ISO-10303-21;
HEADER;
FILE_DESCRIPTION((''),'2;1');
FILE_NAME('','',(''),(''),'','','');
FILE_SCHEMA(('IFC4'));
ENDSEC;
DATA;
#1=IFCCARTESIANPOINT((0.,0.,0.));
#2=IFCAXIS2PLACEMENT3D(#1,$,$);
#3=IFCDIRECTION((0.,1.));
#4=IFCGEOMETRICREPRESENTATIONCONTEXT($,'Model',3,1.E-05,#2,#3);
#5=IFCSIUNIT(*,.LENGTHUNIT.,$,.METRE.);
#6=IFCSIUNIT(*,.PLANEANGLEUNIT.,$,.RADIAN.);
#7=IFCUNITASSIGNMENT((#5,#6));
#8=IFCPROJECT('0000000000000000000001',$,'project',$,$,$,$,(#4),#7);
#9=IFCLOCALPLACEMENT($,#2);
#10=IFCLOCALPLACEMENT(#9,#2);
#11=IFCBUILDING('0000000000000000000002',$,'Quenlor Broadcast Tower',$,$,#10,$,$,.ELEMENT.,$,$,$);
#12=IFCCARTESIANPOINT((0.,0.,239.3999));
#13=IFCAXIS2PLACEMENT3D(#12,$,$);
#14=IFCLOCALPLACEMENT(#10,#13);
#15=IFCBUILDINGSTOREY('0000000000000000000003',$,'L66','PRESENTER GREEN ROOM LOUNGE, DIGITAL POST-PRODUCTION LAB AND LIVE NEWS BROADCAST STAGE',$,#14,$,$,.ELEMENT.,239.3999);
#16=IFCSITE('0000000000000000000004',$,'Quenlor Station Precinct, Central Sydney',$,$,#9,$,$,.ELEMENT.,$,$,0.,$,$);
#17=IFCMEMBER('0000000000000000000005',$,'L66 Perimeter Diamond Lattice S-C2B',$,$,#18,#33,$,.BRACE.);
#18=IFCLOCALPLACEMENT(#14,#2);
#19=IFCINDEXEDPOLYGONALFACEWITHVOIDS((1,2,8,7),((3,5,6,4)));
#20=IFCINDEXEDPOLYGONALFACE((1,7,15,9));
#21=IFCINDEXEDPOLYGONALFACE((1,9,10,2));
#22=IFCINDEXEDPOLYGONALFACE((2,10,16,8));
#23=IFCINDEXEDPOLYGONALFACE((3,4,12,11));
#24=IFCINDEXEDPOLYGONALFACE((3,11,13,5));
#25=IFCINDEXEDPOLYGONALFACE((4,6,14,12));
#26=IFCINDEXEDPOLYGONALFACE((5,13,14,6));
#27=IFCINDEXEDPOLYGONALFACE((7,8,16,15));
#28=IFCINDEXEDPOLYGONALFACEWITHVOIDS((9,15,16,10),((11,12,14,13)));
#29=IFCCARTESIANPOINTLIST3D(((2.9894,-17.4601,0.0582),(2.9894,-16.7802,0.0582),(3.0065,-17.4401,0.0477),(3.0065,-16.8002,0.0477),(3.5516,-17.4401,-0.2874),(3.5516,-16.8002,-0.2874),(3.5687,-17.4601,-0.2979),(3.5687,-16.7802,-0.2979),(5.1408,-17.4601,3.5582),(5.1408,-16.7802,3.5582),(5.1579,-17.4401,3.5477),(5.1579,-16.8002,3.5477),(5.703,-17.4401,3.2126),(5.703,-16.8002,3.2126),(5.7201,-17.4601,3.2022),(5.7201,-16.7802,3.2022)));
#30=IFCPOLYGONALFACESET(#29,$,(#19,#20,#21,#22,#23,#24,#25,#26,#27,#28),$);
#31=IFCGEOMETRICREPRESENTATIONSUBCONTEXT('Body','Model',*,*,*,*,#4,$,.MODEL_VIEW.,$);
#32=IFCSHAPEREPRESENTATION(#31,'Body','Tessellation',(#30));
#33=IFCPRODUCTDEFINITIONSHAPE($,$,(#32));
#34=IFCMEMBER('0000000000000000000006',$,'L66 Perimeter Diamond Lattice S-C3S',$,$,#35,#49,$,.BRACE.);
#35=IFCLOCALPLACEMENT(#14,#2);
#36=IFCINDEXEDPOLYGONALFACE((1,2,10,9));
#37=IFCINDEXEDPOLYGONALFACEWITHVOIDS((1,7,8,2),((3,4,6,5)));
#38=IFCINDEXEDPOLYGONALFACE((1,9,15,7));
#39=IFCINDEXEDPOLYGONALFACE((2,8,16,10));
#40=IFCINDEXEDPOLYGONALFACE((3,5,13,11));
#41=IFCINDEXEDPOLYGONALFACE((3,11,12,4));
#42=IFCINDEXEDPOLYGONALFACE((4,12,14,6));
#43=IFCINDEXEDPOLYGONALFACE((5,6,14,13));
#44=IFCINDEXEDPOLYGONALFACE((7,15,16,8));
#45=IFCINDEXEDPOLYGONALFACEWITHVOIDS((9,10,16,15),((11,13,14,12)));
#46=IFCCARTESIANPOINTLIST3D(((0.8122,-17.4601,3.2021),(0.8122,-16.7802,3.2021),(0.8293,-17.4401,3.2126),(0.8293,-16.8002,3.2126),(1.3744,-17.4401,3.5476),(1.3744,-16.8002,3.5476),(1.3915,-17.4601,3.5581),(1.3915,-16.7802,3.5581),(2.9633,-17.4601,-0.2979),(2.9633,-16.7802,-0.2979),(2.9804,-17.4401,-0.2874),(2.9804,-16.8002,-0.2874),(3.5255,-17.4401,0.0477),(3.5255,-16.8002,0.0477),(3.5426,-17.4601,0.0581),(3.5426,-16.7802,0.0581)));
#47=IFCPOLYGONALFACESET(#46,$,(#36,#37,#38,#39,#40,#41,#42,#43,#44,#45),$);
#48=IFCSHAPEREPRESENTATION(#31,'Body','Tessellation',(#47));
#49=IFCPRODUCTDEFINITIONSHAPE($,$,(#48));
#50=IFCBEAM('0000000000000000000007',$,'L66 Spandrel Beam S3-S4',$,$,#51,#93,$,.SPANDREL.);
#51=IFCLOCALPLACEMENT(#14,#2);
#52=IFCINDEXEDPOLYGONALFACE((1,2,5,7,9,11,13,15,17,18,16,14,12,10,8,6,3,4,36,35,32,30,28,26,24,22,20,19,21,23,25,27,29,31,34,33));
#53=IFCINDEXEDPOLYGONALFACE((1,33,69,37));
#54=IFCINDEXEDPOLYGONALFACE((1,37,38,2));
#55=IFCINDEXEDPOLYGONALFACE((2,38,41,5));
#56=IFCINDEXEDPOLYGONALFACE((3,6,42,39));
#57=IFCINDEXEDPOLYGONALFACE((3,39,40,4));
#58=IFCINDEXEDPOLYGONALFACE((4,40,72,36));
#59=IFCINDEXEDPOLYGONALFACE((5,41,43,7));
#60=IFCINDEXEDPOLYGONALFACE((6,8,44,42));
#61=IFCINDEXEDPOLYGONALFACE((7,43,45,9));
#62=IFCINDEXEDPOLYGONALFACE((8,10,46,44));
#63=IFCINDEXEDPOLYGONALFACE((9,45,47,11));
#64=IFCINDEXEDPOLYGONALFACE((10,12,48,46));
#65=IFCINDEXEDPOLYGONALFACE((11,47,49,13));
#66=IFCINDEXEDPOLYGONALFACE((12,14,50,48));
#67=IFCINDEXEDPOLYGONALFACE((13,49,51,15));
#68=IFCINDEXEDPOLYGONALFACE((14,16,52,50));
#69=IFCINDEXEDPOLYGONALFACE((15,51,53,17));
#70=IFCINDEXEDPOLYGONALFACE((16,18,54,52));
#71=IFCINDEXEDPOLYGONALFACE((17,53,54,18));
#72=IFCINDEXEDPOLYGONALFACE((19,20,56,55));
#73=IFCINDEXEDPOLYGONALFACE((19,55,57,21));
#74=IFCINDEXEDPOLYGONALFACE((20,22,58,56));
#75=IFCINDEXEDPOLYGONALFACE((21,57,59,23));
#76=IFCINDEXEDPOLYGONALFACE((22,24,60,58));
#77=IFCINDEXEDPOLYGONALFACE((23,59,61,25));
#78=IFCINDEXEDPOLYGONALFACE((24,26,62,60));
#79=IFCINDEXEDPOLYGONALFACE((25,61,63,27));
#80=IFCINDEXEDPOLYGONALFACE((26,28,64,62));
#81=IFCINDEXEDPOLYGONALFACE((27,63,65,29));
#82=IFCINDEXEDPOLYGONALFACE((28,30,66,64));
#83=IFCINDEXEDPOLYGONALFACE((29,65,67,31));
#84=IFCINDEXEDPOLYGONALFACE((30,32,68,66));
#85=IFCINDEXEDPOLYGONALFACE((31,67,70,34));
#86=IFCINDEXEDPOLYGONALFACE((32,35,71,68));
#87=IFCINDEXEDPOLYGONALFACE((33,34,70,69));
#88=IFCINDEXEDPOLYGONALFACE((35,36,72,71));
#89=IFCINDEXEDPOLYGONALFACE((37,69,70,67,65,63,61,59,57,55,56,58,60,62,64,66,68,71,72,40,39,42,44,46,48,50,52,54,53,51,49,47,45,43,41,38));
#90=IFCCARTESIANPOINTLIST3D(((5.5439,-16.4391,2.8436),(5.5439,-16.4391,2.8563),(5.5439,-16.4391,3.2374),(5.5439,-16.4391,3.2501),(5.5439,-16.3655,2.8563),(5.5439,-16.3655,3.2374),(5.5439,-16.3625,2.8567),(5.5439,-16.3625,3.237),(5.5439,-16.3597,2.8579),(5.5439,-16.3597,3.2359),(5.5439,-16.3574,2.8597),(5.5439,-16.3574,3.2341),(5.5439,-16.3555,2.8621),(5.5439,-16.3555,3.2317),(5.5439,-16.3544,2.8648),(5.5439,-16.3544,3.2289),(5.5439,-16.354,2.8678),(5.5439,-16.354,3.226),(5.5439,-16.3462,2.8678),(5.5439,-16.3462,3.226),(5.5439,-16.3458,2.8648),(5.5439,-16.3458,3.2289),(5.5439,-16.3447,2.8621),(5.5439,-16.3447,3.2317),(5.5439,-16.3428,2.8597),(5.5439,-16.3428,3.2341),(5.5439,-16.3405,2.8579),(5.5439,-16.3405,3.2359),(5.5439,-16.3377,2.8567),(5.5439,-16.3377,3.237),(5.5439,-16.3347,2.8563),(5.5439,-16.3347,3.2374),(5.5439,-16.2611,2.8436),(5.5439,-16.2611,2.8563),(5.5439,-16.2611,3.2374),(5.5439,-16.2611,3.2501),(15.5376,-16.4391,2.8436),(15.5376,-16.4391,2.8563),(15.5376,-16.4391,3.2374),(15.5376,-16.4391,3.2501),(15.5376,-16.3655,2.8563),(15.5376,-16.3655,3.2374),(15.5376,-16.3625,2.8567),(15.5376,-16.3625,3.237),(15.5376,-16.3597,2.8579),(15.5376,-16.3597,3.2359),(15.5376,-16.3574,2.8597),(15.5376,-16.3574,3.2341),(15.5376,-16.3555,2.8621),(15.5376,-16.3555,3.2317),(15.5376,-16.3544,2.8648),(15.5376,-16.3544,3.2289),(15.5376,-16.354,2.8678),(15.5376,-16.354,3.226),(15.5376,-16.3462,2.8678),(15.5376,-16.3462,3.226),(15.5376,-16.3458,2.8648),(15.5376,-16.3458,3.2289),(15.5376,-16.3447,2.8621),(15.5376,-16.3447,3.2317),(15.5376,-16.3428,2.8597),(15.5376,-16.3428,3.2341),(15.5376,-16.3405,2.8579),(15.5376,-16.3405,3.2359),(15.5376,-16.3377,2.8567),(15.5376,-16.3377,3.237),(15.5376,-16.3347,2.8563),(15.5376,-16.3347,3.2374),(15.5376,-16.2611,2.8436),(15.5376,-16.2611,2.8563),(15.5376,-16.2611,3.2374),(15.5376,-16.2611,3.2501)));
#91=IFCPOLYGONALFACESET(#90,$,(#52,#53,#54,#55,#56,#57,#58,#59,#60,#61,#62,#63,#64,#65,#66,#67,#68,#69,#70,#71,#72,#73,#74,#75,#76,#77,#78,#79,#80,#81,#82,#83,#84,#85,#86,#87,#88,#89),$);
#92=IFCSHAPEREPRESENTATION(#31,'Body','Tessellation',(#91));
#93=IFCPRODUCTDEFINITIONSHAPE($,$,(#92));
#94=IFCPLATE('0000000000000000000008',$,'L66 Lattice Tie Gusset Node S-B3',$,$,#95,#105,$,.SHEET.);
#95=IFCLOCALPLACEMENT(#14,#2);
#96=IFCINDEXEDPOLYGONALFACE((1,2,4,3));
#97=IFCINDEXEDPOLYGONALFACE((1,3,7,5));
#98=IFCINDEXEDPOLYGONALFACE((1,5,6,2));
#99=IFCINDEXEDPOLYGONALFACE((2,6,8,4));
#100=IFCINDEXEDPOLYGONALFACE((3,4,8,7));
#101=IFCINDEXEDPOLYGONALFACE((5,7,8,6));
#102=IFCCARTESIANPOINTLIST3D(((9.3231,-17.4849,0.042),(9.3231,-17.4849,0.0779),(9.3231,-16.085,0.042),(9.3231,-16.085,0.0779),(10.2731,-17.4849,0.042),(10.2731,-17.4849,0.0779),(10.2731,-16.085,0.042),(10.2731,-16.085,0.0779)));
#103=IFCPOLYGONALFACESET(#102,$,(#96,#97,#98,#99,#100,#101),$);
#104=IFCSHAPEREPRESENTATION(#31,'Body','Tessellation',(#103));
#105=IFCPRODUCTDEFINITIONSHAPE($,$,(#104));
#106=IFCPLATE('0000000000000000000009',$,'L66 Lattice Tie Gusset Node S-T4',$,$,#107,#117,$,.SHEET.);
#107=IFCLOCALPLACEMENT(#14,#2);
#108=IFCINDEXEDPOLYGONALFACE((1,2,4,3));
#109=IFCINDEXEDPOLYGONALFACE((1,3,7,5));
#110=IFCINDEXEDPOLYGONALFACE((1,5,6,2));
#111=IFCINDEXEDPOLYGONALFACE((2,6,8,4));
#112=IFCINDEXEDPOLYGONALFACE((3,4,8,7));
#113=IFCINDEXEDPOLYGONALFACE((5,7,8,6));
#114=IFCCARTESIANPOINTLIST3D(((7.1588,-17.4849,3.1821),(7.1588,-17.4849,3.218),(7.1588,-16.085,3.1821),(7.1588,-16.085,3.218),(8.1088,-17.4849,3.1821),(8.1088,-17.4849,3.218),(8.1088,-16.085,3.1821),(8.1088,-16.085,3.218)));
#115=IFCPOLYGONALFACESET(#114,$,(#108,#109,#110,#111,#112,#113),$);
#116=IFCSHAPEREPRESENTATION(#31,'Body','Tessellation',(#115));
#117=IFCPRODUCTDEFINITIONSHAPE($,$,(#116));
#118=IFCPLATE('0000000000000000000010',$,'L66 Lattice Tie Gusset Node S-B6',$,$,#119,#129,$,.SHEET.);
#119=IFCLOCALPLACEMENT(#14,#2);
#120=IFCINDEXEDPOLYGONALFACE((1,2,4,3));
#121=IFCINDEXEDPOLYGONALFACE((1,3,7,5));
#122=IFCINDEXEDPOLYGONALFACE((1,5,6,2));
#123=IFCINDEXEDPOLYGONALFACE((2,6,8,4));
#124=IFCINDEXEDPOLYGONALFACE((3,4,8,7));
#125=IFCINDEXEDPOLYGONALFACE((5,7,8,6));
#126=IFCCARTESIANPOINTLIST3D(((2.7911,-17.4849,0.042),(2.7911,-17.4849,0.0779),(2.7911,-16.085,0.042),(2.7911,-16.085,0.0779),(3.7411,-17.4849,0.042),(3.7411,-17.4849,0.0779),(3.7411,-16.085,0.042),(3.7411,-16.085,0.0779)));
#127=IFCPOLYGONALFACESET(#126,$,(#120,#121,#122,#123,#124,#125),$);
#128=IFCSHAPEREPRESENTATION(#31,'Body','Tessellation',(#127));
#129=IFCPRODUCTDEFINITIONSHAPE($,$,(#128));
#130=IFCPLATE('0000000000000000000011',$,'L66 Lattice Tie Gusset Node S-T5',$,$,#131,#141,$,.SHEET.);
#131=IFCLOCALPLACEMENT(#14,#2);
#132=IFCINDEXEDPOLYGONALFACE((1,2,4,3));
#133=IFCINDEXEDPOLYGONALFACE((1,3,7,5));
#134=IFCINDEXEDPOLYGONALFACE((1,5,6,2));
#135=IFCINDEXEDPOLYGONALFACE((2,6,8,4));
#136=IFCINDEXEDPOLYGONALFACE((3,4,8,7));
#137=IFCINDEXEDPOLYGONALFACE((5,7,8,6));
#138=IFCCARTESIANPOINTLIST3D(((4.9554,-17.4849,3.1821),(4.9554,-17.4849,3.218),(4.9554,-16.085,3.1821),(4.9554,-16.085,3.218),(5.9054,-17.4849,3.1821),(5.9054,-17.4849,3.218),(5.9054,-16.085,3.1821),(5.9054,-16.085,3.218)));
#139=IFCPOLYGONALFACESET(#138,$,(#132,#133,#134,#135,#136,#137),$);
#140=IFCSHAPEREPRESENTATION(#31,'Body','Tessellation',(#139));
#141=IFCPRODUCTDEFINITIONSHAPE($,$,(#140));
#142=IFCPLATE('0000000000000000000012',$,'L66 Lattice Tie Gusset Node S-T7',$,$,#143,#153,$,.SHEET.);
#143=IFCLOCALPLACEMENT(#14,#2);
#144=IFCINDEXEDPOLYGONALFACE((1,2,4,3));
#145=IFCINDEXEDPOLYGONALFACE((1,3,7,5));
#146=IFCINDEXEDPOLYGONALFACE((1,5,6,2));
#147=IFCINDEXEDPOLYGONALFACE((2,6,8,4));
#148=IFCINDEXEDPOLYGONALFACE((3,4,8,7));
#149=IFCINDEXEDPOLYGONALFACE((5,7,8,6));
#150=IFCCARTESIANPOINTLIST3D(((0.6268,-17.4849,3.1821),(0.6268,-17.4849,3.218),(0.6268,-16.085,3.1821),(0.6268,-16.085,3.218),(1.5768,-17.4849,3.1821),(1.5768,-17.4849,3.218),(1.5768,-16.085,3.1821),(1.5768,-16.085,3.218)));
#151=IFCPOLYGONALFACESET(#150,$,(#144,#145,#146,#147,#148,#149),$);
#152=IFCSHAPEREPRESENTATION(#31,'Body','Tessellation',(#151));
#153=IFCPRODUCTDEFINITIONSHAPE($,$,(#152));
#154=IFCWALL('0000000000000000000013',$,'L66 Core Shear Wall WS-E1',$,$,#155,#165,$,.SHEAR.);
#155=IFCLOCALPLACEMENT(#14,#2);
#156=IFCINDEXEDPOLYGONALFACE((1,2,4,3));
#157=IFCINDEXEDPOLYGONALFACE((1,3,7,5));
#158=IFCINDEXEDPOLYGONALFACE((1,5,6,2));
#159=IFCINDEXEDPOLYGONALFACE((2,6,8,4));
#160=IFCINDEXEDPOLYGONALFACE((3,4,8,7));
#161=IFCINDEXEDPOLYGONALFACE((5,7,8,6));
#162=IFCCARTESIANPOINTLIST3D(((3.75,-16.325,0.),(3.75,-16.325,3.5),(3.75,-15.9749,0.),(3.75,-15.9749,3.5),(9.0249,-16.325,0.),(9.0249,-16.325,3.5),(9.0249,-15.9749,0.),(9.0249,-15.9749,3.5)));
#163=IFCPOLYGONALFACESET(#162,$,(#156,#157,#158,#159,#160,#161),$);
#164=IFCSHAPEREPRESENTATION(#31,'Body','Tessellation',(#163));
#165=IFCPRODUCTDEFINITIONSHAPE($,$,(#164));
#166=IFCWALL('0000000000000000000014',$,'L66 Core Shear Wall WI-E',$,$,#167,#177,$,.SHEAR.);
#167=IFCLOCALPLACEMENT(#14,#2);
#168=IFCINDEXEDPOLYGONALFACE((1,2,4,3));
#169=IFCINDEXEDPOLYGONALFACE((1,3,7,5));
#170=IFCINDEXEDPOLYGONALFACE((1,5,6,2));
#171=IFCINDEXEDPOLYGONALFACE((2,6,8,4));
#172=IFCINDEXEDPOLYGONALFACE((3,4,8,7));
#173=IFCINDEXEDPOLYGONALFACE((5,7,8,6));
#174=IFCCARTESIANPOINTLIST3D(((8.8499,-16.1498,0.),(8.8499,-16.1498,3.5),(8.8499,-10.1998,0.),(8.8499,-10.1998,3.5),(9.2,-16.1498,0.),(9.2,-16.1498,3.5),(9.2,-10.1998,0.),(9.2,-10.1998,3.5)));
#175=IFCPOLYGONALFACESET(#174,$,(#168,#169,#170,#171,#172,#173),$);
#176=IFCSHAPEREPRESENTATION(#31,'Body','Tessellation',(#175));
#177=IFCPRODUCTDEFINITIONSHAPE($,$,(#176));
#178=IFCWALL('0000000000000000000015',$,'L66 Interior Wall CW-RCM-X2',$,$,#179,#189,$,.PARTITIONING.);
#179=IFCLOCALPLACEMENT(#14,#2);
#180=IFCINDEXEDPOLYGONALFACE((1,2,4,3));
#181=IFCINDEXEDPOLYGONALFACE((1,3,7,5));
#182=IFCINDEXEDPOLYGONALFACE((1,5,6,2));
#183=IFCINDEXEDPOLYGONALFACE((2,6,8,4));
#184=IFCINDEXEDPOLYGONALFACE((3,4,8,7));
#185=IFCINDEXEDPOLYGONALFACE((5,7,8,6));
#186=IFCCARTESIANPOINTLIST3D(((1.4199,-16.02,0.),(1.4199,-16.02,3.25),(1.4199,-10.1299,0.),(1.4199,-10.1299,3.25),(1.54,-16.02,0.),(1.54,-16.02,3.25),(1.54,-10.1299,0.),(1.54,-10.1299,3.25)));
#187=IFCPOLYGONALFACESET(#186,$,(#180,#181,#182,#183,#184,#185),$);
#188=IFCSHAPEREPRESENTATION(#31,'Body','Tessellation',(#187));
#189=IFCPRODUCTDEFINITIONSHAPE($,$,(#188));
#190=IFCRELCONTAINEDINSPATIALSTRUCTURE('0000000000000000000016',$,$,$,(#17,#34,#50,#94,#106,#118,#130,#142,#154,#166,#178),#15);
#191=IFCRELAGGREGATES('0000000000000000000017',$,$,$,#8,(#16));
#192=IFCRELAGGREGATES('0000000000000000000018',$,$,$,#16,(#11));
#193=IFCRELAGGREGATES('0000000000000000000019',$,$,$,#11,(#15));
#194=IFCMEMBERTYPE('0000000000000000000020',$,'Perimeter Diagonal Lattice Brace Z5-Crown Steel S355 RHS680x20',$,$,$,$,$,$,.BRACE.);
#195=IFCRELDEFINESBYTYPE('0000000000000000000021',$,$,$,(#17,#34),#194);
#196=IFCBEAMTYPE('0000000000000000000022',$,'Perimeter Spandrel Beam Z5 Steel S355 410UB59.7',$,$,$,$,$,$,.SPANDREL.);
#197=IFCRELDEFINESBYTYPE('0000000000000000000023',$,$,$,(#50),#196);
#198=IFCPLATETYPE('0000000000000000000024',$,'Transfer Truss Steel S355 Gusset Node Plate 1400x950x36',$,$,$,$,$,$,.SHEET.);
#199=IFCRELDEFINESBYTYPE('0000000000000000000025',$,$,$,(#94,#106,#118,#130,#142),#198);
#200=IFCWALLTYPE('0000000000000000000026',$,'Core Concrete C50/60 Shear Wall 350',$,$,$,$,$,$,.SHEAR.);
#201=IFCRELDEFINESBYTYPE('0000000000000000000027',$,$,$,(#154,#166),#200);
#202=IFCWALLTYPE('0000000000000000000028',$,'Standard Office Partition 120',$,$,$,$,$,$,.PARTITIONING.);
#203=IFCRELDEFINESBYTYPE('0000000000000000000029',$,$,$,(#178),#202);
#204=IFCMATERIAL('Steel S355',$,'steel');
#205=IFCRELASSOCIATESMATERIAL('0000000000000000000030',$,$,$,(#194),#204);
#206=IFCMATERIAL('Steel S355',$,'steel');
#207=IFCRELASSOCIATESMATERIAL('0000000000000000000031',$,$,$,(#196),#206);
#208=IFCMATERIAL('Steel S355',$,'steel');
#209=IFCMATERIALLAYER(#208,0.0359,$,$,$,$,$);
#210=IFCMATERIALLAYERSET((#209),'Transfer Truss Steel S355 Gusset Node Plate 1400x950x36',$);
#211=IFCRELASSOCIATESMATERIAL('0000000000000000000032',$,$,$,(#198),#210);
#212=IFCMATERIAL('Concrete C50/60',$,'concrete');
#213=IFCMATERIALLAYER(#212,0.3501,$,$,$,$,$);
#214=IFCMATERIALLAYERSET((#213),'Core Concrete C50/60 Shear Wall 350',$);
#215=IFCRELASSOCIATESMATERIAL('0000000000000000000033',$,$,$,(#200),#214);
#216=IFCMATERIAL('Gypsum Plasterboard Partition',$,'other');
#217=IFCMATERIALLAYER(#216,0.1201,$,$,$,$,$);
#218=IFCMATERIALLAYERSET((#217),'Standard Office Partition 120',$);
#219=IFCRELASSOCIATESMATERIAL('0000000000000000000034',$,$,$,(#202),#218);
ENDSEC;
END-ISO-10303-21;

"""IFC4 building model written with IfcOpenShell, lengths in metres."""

from ifc_helpers import new_model, si_unit, direction, frame, frame_2d, origin, origin_2d, place, context, subcontext, project, spatial, rectangle, hollow_rectangle, i_section, extrude, material, layer, layer_set, material_profile, profile_set, type_object, element, save


model = new_model("IFC4")

# Units and contexts
model_context = context("Model", 3, precision=1e-05, world=origin(), true_north=direction((0.0, 1.0)))
body_context = subcontext(model_context, "Body", "Model", "MODEL_VIEW")
ifc_project = project(units=[si_unit("LENGTHUNIT", "METRE"), si_unit("PLANEANGLEUNIT", "RADIAN")], contexts=[model_context])

# Site, building, storey
site_placement = place(None, origin())
site = spatial("IfcSite", under=ifc_project, at=site_placement, Name="Quenlor Station Precinct, Central Sydney", CompositionType="ELEMENT", RefElevation=0.0)
building_placement = place(site_placement, origin())
building = spatial("IfcBuilding", under=site, at=building_placement, Name="Quenlor Broadcast Tower", CompositionType="ELEMENT")
storey_placement = place(building_placement, frame((0.0, 0.0, 239.3999)))
storey = spatial("IfcBuildingStorey", under=building, at=storey_placement, Name="L66", Description="PRESENTER GREEN ROOM LOUNGE, DIGITAL POST-PRODUCTION LAB AND LIVE NEWS BROADCAST STAGE", CompositionType="ELEMENT", Elevation=239.3999)

# Members
ifc_material_1 = material(Name="Steel S355", Category="steel")
ifc_material_profile_1 = material_profile(ifc_material_1, hollow_rectangle(XDim=0.6799, YDim=0.6799, WallThickness=0.02, at=origin_2d()))
ifc_profile_set_1 = profile_set([ifc_material_profile_1], Name="Steel S355 RHS680x680x20")
member_type_1 = type_object("IfcMemberType", Name="Perimeter Diagonal Lattice Brace Z5-Crown Steel S355 RHS680x20", PredefinedType="BRACE", material=ifc_profile_set_1)
member_1_placement = place(storey_placement, frame((3.2791, -17.1201, -0.1199), z_axis=(0.52366, 0.0, 0.851928), x_axis=(0.0, 1.0, 0.0)))
element("IfcMember", 1, at=member_1_placement, inside=storey, type_object=member_type_1, Name="L66 Perimeter Diamond Lattice S-C2B", PredefinedType="BRACE", context=body_context, shape_type="SweptSolid", body=[
    extrude(hollow_rectangle(XDim=0.6799, YDim=0.6799, WallThickness=0.02, at=origin_2d()), origin(), (0.0, 0.0, 1.0), 4.1084),
])
member_2_placement = place(storey_placement, frame((3.2529, -17.1201, -0.1199), z_axis=(-0.523617, 0.0, 0.851954), x_axis=(0.0, -1.0, 0.0)))
element("IfcMember", 2, at=member_2_placement, inside=storey, type_object=member_type_1, Name="L66 Perimeter Diamond Lattice S-C3S", PredefinedType="BRACE", context=body_context, shape_type="SweptSolid", body=[
    extrude(hollow_rectangle(XDim=0.6799, YDim=0.6799, WallThickness=0.02, at=origin_2d()), origin(), (0.0, 0.0, 1.0), 4.1082),
])

# Beam
ifc_material_2 = material(Name="Steel S355", Category="steel")
ifc_material_profile_2 = material_profile(ifc_material_2, i_section(OverallWidth=0.178, OverallDepth=0.4065, WebThickness=0.0078, FlangeThickness=0.0127, FilletRadius=0.0115, at=origin_2d()))
ifc_profile_set_2 = profile_set([ifc_material_profile_2], Name="Steel S355 410UB59.7")
beam_type_1 = type_object("IfcBeamType", Name="Perimeter Spandrel Beam Z5 Steel S355 410UB59.7", PredefinedType="SPANDREL", material=ifc_profile_set_2)
beam_1_placement = place(storey_placement, frame((5.5439, -16.3501, 3.0469), z_axis=(1.0, 0.0, 0.0), x_axis=(0.0, 1.0, 0.0)))
element("IfcBeam", 3, at=beam_1_placement, inside=storey, type_object=beam_type_1, Name="L66 Spandrel Beam S3-S4", PredefinedType="SPANDREL", context=body_context, shape_type="SweptSolid", body=[
    extrude(i_section(OverallWidth=0.178, OverallDepth=0.4065, WebThickness=0.0078, FlangeThickness=0.0127, FilletRadius=0.0115, at=origin_2d()), origin(), (0.0, 0.0, 1.0), 9.9937),
])

# Plates
ifc_material_3 = material(Name="Steel S355", Category="steel")
ifc_layer_1 = layer(ifc_material_3, 0.0359)
ifc_layer_set_1 = layer_set([ifc_layer_1], Name="Transfer Truss Steel S355 Gusset Node Plate 1400x950x36")
plate_type = type_object("IfcPlateType", Name="Transfer Truss Steel S355 Gusset Node Plate 1400x950x36", PredefinedType="SHEET", material=ifc_layer_set_1)
for number, where, z_axis, x_axis, name in (
    (4, (9.7981, -16.7849, 0.042), (0.0, 0.0, 1.0), (0.0, -1.0, 0.0), "L66 Lattice Tie Gusset Node S-B3"),
    (5, (7.6338, -16.7849, 3.1821), (0.0, 0.0, 1.0), (0.0, -1.0, 0.0), "L66 Lattice Tie Gusset Node S-T4"),
    (6, (3.2661, -16.7849, 0.042), (0.0, 0.0, 1.0), (0.0, -1.0, 0.0), "L66 Lattice Tie Gusset Node S-B6"),
    (7, (5.4304, -16.7849, 3.1821), (0.0, 0.0, 1.0), (0.0, -1.0, 0.0), "L66 Lattice Tie Gusset Node S-T5"),
    (8, (1.1018, -16.7849, 3.1821), (0.0, 0.0, 1.0), (0.0, -1.0, 0.0), "L66 Lattice Tie Gusset Node S-T7"),
):
    element("IfcPlate", number, at=place(storey_placement, frame(where, z_axis=z_axis, x_axis=x_axis)), inside=storey, type_object=plate_type, Name=name, PredefinedType="SHEET", context=body_context, shape_type="SweptSolid", body=[
        extrude(rectangle(XDim=1.3999, YDim=0.95, at=origin_2d()), origin(), (0.0, 0.0, 1.0), 0.0359),
    ])

# Walls
ifc_material_4 = material(Name="Concrete C50/60", Category="concrete")
ifc_layer_2 = layer(ifc_material_4, 0.3501)
ifc_layer_set_2 = layer_set([ifc_layer_2], Name="Core Concrete C50/60 Shear Wall 350")
wall_type_1 = type_object("IfcWallType", Name="Core Concrete C50/60 Shear Wall 350", PredefinedType="SHEAR", material=ifc_layer_set_2)
wall_1_placement = place(storey_placement, frame((3.75, -16.1499, 0.0), z_axis=(0.0, 0.0, 1.0), x_axis=(1.0, 0.0, 0.0)))
element("IfcWall", 9, at=wall_1_placement, inside=storey, type_object=wall_type_1, Name="L66 Core Shear Wall WS-E1", PredefinedType="SHEAR", context=body_context, shape_type="SweptSolid", body=[
    extrude(rectangle(XDim=5.2749, YDim=0.3501, at=frame_2d((2.6375, 0.0))), origin(), (0.0, 0.0, 1.0), 3.5),
])
wall_2_placement = place(storey_placement, frame((9.0249, -16.1499, 0.0), z_axis=(0.0, 0.0, 1.0), x_axis=(0.0, 1.0, 0.0)))
element("IfcWall", 10, at=wall_2_placement, inside=storey, type_object=wall_type_1, Name="L66 Core Shear Wall WI-E", PredefinedType="SHEAR", context=body_context, shape_type="SweptSolid", body=[
    extrude(rectangle(XDim=5.95, YDim=0.3501, at=frame_2d((2.9751, 0.0))), origin(), (0.0, 0.0, 1.0), 3.5),
])
ifc_material_5 = material(Name="Gypsum Plasterboard Partition", Category="other")
ifc_layer_3 = layer(ifc_material_5, 0.1201)
ifc_layer_set_3 = layer_set([ifc_layer_3], Name="Standard Office Partition 120")
wall_type_2 = type_object("IfcWallType", Name="Standard Office Partition 120", PredefinedType="PARTITIONING", material=ifc_layer_set_3)
wall_3_placement = place(storey_placement, frame((1.48, -16.02, 0.0), z_axis=(0.0, 0.0, 1.0), x_axis=(0.0, 1.0, 0.0)))
element("IfcWall", 11, at=wall_3_placement, inside=storey, type_object=wall_type_2, Name="L66 Interior Wall CW-RCM-X2", PredefinedType="PARTITIONING", context=body_context, shape_type="SweptSolid", body=[
    extrude(rectangle(XDim=5.8901, YDim=0.1201, at=frame_2d((2.9451, 0.0))), origin(), (0.0, 0.0, 1.0), 3.25),
])

save(model, "model.ifc")
